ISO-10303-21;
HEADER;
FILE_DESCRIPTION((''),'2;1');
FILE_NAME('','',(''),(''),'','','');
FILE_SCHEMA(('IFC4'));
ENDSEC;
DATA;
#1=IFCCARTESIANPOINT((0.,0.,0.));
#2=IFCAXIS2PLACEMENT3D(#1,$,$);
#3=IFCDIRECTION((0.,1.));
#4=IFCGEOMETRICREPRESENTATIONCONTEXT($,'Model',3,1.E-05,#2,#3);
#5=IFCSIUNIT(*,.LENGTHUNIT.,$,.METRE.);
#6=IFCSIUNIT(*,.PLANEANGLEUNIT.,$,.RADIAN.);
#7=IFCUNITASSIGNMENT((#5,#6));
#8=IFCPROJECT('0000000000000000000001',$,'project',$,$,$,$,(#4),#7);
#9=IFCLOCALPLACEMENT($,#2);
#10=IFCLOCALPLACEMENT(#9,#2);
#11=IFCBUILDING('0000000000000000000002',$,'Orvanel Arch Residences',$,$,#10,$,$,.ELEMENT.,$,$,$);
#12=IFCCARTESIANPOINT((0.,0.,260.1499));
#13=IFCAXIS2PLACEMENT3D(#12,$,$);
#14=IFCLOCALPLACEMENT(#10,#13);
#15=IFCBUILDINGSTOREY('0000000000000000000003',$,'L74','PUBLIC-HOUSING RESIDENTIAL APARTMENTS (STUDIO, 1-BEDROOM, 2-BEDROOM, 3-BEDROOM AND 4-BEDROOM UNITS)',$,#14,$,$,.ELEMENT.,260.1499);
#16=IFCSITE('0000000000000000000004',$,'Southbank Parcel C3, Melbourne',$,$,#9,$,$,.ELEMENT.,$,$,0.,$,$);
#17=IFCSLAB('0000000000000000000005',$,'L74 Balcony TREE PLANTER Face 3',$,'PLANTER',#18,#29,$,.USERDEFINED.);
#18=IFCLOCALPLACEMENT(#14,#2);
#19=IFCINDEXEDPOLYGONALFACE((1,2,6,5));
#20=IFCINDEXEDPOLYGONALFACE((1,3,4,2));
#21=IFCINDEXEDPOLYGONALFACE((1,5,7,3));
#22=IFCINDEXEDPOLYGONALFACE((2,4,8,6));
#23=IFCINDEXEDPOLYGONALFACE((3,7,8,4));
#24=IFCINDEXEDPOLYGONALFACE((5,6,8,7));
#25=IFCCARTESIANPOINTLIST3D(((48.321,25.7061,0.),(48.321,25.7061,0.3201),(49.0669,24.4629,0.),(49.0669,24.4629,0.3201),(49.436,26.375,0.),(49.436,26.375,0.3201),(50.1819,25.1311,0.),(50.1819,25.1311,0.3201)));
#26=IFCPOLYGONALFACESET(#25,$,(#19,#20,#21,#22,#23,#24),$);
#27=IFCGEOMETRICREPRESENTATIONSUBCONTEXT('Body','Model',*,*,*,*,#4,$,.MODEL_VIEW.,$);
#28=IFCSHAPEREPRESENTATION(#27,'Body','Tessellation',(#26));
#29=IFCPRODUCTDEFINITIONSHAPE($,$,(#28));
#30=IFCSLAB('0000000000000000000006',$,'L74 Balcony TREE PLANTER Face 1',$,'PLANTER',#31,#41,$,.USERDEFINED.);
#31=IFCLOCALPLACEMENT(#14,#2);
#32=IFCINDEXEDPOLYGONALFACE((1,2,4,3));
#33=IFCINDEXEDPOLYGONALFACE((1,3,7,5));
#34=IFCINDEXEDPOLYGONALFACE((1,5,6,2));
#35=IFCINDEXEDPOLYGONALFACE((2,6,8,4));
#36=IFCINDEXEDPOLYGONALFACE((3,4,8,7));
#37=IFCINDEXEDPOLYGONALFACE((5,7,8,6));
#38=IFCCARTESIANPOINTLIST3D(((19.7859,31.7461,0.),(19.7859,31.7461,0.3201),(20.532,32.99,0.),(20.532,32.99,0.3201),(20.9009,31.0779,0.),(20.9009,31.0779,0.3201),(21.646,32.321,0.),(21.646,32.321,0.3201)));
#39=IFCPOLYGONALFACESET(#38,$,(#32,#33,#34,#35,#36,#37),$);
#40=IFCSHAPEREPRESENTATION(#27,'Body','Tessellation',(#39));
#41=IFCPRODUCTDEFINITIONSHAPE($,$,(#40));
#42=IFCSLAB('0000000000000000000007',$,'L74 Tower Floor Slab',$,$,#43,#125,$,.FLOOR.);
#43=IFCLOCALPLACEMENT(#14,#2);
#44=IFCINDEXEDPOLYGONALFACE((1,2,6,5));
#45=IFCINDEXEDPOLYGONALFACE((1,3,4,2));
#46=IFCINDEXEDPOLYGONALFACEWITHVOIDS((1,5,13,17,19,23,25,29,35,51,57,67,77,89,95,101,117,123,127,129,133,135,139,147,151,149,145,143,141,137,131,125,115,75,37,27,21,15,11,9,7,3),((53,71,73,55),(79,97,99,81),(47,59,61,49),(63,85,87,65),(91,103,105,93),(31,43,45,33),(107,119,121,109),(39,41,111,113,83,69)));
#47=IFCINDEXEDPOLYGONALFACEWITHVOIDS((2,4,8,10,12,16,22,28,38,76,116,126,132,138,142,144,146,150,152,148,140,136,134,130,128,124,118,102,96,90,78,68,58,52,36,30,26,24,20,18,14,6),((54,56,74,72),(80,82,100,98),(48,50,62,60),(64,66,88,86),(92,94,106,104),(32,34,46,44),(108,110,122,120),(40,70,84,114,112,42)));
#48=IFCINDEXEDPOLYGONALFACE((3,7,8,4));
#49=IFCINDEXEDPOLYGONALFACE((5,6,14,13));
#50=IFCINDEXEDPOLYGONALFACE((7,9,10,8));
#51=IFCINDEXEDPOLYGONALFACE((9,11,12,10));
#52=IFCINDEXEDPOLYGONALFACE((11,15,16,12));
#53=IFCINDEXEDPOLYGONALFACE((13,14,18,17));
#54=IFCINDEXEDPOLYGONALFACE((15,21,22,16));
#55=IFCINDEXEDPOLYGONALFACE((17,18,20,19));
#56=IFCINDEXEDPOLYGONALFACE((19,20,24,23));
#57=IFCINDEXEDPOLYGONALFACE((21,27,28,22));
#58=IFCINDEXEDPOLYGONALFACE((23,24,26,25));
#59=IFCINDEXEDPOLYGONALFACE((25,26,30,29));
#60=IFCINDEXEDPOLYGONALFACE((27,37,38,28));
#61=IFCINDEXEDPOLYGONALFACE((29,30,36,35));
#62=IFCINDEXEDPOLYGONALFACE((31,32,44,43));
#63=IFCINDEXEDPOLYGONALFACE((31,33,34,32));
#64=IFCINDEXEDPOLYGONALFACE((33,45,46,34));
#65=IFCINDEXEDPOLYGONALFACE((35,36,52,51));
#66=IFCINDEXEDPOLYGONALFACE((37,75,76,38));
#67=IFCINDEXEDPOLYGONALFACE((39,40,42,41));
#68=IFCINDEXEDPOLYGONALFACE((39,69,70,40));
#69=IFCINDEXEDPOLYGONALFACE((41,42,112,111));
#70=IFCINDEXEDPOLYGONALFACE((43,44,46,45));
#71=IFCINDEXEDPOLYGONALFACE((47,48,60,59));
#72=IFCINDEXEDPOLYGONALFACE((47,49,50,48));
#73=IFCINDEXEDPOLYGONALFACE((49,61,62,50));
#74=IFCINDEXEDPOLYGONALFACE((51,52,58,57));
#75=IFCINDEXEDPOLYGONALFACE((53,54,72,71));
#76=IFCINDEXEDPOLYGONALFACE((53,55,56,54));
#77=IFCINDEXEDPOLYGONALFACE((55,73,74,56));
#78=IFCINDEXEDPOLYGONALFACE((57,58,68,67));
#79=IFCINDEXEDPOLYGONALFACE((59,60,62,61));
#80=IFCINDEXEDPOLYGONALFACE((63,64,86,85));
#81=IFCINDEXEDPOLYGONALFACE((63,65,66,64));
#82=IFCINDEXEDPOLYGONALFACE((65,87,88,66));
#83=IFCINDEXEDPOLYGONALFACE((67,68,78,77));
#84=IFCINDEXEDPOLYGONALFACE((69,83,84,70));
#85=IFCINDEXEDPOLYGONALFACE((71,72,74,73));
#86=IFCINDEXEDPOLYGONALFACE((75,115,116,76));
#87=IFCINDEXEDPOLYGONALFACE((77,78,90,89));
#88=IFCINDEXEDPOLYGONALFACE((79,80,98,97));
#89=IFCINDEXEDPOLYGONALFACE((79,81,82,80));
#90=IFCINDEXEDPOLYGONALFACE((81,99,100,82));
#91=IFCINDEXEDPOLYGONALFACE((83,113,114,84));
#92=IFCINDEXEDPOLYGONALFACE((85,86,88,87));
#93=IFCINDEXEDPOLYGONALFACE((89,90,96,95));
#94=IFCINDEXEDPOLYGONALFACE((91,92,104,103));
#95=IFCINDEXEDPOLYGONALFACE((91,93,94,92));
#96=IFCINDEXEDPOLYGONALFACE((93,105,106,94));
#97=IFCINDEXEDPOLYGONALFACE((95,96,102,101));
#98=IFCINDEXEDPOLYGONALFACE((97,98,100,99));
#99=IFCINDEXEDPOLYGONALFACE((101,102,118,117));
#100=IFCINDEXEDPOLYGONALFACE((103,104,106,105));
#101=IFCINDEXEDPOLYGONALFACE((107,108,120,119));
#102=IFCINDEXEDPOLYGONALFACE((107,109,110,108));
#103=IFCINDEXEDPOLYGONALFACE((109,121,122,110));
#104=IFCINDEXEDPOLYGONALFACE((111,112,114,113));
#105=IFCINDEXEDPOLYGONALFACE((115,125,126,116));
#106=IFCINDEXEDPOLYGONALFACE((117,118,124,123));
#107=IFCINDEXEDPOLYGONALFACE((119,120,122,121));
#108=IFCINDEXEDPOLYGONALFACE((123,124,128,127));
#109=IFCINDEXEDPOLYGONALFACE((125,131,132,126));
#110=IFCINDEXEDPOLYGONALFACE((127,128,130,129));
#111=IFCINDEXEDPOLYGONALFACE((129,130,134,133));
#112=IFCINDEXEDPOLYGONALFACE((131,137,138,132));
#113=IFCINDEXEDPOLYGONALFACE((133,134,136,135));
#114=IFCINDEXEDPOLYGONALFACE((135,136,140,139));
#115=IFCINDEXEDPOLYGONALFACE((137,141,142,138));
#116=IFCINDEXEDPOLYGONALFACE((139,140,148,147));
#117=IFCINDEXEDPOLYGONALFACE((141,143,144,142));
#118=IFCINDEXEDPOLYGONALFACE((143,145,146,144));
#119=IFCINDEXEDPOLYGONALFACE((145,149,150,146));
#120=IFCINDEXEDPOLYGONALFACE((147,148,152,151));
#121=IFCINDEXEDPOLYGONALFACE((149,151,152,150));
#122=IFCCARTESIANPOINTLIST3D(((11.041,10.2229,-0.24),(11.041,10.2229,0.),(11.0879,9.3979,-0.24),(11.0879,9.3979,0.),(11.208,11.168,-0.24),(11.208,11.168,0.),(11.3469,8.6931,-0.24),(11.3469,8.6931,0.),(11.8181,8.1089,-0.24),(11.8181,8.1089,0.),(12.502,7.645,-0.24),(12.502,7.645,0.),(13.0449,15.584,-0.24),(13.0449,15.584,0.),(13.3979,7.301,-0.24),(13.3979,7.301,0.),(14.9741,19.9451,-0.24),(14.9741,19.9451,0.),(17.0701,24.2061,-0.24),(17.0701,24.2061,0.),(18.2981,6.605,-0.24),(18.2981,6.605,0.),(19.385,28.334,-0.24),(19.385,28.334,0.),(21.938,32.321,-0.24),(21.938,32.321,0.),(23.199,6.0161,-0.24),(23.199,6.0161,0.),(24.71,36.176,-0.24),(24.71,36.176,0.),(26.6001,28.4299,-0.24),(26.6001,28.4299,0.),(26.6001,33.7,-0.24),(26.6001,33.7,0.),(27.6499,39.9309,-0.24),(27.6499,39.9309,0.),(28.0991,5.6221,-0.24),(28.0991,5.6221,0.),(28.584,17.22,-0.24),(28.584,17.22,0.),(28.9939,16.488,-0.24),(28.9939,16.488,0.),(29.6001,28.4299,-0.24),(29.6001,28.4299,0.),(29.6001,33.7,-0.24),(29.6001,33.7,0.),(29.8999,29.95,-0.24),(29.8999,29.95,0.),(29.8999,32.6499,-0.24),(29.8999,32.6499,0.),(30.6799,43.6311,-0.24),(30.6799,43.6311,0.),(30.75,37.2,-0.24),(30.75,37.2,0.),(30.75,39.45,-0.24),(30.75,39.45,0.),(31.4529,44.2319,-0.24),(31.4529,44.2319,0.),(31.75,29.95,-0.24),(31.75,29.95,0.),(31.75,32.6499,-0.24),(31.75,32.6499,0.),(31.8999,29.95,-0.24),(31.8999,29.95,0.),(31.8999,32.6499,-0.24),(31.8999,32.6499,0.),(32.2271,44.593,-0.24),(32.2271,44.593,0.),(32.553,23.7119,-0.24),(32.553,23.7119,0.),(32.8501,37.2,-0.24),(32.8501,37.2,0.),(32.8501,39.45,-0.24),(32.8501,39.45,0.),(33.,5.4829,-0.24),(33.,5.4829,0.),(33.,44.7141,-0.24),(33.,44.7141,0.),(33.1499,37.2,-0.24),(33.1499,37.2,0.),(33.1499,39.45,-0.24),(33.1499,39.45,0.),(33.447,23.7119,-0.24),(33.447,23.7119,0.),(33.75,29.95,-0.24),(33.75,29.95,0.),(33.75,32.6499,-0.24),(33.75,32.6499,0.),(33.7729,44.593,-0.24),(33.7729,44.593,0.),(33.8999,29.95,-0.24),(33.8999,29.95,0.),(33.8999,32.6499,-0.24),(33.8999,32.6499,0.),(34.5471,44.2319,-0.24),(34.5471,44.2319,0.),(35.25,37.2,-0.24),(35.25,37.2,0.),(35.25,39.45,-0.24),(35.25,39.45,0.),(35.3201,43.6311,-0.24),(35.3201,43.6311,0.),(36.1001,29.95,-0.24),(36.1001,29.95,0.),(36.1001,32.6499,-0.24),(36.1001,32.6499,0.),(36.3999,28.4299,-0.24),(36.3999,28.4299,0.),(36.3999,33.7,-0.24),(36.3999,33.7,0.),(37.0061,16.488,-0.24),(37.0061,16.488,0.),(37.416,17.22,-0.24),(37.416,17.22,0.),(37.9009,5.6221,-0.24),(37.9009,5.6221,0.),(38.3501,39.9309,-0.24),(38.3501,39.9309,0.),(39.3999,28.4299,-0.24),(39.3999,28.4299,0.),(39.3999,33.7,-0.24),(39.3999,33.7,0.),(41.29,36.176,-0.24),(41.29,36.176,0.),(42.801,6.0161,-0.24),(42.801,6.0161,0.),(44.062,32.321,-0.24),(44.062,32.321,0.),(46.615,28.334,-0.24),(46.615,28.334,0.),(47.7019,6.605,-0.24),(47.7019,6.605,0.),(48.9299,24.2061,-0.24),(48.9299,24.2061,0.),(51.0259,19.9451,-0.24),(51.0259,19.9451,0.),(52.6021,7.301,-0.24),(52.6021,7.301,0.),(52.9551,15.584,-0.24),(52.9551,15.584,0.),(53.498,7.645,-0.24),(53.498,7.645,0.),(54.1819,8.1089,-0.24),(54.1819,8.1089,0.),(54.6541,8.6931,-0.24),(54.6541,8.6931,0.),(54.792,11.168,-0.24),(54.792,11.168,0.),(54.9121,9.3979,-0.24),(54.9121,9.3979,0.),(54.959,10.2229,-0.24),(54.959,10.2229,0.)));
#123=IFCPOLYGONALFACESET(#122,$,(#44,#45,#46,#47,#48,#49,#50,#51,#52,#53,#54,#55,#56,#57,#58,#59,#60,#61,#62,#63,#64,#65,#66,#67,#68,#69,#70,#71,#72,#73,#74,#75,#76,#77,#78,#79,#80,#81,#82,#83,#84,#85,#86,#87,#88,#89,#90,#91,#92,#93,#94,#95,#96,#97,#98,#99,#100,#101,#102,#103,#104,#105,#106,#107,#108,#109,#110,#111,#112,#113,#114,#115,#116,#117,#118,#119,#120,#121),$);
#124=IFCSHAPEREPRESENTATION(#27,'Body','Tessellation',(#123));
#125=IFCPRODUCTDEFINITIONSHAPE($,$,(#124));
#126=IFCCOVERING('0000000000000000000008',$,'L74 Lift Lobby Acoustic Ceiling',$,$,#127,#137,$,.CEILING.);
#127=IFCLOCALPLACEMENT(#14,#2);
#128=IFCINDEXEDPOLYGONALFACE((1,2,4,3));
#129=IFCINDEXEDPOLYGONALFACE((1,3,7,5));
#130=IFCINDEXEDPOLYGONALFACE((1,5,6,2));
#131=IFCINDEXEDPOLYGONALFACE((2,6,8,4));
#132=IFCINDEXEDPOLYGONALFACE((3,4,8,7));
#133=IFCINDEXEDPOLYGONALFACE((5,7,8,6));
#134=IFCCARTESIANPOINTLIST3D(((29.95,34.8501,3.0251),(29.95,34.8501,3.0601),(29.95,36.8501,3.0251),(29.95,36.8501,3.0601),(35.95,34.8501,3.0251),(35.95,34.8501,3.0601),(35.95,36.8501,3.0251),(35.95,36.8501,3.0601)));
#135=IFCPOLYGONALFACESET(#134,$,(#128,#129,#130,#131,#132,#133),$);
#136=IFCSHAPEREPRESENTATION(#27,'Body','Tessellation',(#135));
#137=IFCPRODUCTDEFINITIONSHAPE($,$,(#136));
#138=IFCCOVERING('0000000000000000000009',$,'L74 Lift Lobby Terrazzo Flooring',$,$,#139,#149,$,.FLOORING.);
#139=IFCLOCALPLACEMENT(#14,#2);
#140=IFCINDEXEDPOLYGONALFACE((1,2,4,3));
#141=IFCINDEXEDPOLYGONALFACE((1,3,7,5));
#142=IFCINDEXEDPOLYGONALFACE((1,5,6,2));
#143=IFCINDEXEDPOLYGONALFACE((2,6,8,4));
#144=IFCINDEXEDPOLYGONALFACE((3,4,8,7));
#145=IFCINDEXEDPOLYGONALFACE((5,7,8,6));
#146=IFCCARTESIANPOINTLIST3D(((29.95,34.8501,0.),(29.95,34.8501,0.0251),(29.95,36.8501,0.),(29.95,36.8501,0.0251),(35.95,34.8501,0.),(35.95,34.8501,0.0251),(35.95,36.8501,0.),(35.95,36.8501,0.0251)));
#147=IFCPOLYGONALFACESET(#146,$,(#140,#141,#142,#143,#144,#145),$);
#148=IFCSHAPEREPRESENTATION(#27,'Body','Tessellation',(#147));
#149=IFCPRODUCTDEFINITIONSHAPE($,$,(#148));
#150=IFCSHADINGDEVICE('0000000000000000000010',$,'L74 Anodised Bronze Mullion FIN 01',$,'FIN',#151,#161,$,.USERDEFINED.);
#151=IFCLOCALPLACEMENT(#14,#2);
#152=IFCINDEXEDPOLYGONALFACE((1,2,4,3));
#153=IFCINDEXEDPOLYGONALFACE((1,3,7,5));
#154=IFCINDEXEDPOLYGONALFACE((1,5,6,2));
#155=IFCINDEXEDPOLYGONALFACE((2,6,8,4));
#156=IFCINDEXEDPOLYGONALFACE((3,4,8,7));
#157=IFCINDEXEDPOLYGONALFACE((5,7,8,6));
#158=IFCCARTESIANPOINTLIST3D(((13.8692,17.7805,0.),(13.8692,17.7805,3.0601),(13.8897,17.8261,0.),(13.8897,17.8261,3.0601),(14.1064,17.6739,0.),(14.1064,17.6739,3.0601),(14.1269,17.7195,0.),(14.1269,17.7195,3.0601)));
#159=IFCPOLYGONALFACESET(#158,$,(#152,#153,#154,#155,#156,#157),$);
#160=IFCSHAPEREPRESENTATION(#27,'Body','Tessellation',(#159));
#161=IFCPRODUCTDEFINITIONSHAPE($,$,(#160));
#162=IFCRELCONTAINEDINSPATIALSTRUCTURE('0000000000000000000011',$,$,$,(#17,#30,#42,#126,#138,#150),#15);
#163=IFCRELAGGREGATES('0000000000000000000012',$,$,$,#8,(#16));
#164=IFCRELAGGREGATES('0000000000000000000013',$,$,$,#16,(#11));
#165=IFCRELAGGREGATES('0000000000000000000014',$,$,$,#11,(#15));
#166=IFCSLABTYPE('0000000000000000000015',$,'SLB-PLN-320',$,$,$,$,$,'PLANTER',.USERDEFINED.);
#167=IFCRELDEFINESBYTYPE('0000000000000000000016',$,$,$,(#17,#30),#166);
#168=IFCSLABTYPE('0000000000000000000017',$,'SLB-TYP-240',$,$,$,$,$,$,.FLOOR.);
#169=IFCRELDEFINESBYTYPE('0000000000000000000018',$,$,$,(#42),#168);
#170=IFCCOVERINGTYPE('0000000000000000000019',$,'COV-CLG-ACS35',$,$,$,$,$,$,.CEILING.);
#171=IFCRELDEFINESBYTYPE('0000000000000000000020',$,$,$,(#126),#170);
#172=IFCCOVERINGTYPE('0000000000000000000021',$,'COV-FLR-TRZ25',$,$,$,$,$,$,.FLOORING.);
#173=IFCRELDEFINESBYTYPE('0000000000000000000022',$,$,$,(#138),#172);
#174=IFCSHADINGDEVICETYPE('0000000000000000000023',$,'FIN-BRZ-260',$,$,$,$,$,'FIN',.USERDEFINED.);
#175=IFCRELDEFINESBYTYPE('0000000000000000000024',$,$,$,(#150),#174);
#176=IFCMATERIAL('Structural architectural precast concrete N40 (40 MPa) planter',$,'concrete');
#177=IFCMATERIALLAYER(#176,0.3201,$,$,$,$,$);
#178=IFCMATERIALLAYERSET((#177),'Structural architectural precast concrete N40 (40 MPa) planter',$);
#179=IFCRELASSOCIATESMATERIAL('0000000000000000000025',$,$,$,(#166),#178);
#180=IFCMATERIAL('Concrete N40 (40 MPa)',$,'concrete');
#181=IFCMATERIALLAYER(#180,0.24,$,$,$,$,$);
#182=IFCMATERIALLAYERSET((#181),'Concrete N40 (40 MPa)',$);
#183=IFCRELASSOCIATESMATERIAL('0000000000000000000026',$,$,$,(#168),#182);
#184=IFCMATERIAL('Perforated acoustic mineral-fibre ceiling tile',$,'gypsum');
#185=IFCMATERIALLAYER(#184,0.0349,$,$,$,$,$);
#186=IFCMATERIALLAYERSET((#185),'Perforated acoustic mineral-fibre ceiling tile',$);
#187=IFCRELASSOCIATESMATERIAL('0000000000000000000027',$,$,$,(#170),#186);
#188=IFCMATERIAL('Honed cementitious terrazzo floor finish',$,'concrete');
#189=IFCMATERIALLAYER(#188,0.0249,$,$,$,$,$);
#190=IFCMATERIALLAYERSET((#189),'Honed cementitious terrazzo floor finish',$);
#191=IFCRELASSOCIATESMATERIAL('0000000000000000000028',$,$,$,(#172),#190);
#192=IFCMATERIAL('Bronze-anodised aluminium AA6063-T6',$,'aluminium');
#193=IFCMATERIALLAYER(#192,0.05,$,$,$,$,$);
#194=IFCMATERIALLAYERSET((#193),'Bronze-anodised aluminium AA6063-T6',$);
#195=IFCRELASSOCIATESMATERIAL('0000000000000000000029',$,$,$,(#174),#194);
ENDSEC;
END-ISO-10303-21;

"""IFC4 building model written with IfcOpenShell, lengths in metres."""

from ifc_helpers import new_model, si_unit, direction, frame, origin, origin_2d, place, context, subcontext, project, spatial, polyline, rectangle, outline, extrude, material, layer, layer_set, type_object, element, save


model = new_model("IFC4")

# Units and contexts
model_context = context("Model", 3, precision=1e-05, world=origin(), true_north=direction((0.0, 1.0)))
body_context = subcontext(model_context, "Body", "Model", "MODEL_VIEW")
ifc_project = project(units=[si_unit("LENGTHUNIT", "METRE"), si_unit("PLANEANGLEUNIT", "RADIAN")], contexts=[model_context])

# Site, building, storey
site_placement = place(None, origin())
site = spatial("IfcSite", under=ifc_project, at=site_placement, Name="Southbank Parcel C3, Melbourne", CompositionType="ELEMENT", RefElevation=0.0)
building_placement = place(site_placement, origin())
building = spatial("IfcBuilding", under=site, at=building_placement, Name="Orvanel Arch Residences", CompositionType="ELEMENT")
storey_placement = place(building_placement, frame((0.0, 0.0, 260.1499)))
storey = spatial("IfcBuildingStorey", under=building, at=storey_placement, Name="L74", Description="PUBLIC-HOUSING RESIDENTIAL APARTMENTS (STUDIO, 1-BEDROOM, 2-BEDROOM, 3-BEDROOM AND 4-BEDROOM UNITS)", CompositionType="ELEMENT", Elevation=260.1499)

# Shared definitions
ifc_material_1 = material(Name="Bronze-anodised aluminium AA6063-T6", Category="aluminium")

# Shared definitions
ifc_material_2 = material(Name="Concrete N40 (40 MPa)", Category="concrete")

# Slabs
ifc_material_3 = material(Name="Structural architectural precast concrete N40 (40 MPa) planter", Category="concrete")
ifc_layer_1 = layer(ifc_material_3, 0.3201)
ifc_layer_set_1 = layer_set([ifc_layer_1], Name="Structural architectural precast concrete N40 (40 MPa) planter")
slab_type_1 = type_object("IfcSlabType", Name="SLB-PLN-320", ElementType="PLANTER", PredefinedType="USERDEFINED", material=ifc_layer_set_1)
slab_1_placement = place(storey_placement, origin())
element("IfcSlab", 1, at=slab_1_placement, inside=storey, type_object=slab_type_1, Name="L74 Balcony TREE PLANTER Face 3", ObjectType="PLANTER", PredefinedType="USERDEFINED", context=body_context, shape_type="SweptSolid", body=[
    extrude(outline(polyline([(50.1819, 25.1311), (49.436, 26.375), (48.321, 25.7061), (49.0669, 24.4629), (50.1819, 25.1311)])), origin(), (0.0, 0.0, 1.0), 0.3201),
])
slab_2_placement = place(storey_placement, origin())
element("IfcSlab", 2, at=slab_2_placement, inside=storey, type_object=slab_type_1, Name="L74 Balcony TREE PLANTER Face 1", ObjectType="PLANTER", PredefinedType="USERDEFINED", context=body_context, shape_type="SweptSolid", body=[
    extrude(outline(polyline([(20.532, 32.99), (19.7859, 31.7461), (20.9009, 31.0779), (21.646, 32.321), (20.532, 32.99)])), origin(), (0.0, 0.0, 1.0), 0.3201),
])
ifc_layer_2 = layer(ifc_material_2, 0.24)
ifc_layer_set_2 = layer_set([ifc_layer_2], Name="Concrete N40 (40 MPa)")
slab_type_2 = type_object("IfcSlabType", Name="SLB-TYP-240", PredefinedType="FLOOR", material=ifc_layer_set_2)
slab_3_placement = place(storey_placement, frame((0.0, 0.0, -0.24)))
element("IfcSlab", 3, at=slab_3_placement, inside=storey, type_object=slab_type_2, Name="L74 Tower Floor Slab", PredefinedType="FLOOR", context=body_context, shape_type="SweptSolid", body=[
    extrude(outline(polyline([(35.3201, 43.6311), (34.5471, 44.2319), (33.7729, 44.593), (33.0, 44.7141), (32.2271, 44.593), (31.4529, 44.2319), (30.6799, 43.6311), (27.6499, 39.9309), (24.71, 36.176), (21.938, 32.321), (19.385, 28.334), (17.0701, 24.2061), (14.9741, 19.9451), (13.0449, 15.584), (11.208, 11.168), (11.041, 10.2229), (11.0879, 9.3979), (11.3469, 8.6931), (11.8181, 8.1089), (12.502, 7.645), (13.3979, 7.301), (18.2981, 6.605), (23.199, 6.0161), (28.0991, 5.6221), (33.0, 5.4829), (37.9009, 5.6221), (42.801, 6.0161), (47.7019, 6.605), (52.6021, 7.301), (53.498, 7.645), (54.1819, 8.1089), (54.6541, 8.6931), (54.9121, 9.3979), (54.959, 10.2229), (54.792, 11.168), (52.9551, 15.584), (51.0259, 19.9451), (48.9299, 24.2061), (46.615, 28.334), (44.062, 32.321), (41.29, 36.176), (38.3501, 39.9309), (35.3201, 43.6311)]), holes=[polyline([(26.6001, 28.4299), (26.6001, 33.7), (29.6001, 33.7), (29.6001, 28.4299), (26.6001, 28.4299)]), polyline([(36.3999, 28.4299), (36.3999, 33.7), (39.3999, 33.7), (39.3999, 28.4299), (36.3999, 28.4299)]), polyline([(29.8999, 32.6499), (31.75, 32.6499), (31.75, 29.95), (29.8999, 29.95), (29.8999, 32.6499)]), polyline([(31.8999, 32.6499), (33.75, 32.6499), (33.75, 29.95), (31.8999, 29.95), (31.8999, 32.6499)]), polyline([(33.8999, 32.6499), (36.1001, 32.6499), (36.1001, 29.95), (33.8999, 29.95), (33.8999, 32.6499)]), polyline([(30.75, 39.45), (32.8501, 39.45), (32.8501, 37.2), (30.75, 37.2), (30.75, 39.45)]), polyline([(33.1499, 39.45), (35.25, 39.45), (35.25, 37.2), (33.1499, 37.2), (33.1499, 39.45)]), polyline([(37.416, 17.22), (37.0061, 16.488), (28.9939, 16.488), (28.584, 17.22), (32.553, 23.7119), (33.447, 23.7119), (37.416, 17.22)])]), origin(), (0.0, 0.0, 1.0), 0.24),
])

# Coverings
ifc_material_4 = material(Name="Perforated acoustic mineral-fibre ceiling tile", Category="gypsum")
ifc_layer_3 = layer(ifc_material_4, 0.0349)
ifc_layer_set_3 = layer_set([ifc_layer_3], Name="Perforated acoustic mineral-fibre ceiling tile")
covering_type_1 = type_object("IfcCoveringType", Name="COV-CLG-ACS35", PredefinedType="CEILING", material=ifc_layer_set_3)
covering_1_placement = place(storey_placement, frame((0.0, 0.0, 3.0251)))
element("IfcCovering", 4, at=covering_1_placement, inside=storey, type_object=covering_type_1, Name="L74 Lift Lobby Acoustic Ceiling", PredefinedType="CEILING", context=body_context, shape_type="SweptSolid", body=[
    extrude(outline(polyline([(29.95, 34.8501), (35.95, 34.8501), (35.95, 36.8501), (29.95, 36.8501), (29.95, 34.8501)])), origin(), (0.0, 0.0, 1.0), 0.0349),
])
ifc_material_5 = material(Name="Honed cementitious terrazzo floor finish", Category="concrete")
ifc_layer_4 = layer(ifc_material_5, 0.0249)
ifc_layer_set_4 = layer_set([ifc_layer_4], Name="Honed cementitious terrazzo floor finish")
covering_type_2 = type_object("IfcCoveringType", Name="COV-FLR-TRZ25", PredefinedType="FLOORING", material=ifc_layer_set_4)
covering_2_placement = place(storey_placement, origin())
element("IfcCovering", 5, at=covering_2_placement, inside=storey, type_object=covering_type_2, Name="L74 Lift Lobby Terrazzo Flooring", PredefinedType="FLOORING", context=body_context, shape_type="SweptSolid", body=[
    extrude(outline(polyline([(29.95, 34.8501), (35.95, 34.8501), (35.95, 36.8501), (29.95, 36.8501), (29.95, 34.8501)])), origin(), (0.0, 0.0, 1.0), 0.0251),
])

# Shading device
ifc_layer_5 = layer(ifc_material_1, 0.05)
ifc_layer_set_5 = layer_set([ifc_layer_5], Name="Bronze-anodised aluminium AA6063-T6")
shading_device_type = type_object("IfcShadingDeviceType", Name="FIN-BRZ-260", ElementType="FIN", PredefinedType="USERDEFINED", material=ifc_layer_set_5)
shading_device_placement = place(storey_placement, frame((13.998, 17.75, 0.0), z_axis=(0.0, 0.0, 1.0), x_axis=(-0.91212, 0.409923, 0.0)))
element("IfcShadingDevice", 6, at=shading_device_placement, inside=storey, type_object=shading_device_type, Name="L74 Anodised Bronze Mullion FIN 01", ObjectType="FIN", PredefinedType="USERDEFINED", context=body_context, shape_type="SweptSolid", body=[
    extrude(rectangle(XDim=0.26, YDim=0.05, at=origin_2d()), origin(), (0.0, 0.0, 1.0), 3.0601),
])

save(model, "model.ifc")
